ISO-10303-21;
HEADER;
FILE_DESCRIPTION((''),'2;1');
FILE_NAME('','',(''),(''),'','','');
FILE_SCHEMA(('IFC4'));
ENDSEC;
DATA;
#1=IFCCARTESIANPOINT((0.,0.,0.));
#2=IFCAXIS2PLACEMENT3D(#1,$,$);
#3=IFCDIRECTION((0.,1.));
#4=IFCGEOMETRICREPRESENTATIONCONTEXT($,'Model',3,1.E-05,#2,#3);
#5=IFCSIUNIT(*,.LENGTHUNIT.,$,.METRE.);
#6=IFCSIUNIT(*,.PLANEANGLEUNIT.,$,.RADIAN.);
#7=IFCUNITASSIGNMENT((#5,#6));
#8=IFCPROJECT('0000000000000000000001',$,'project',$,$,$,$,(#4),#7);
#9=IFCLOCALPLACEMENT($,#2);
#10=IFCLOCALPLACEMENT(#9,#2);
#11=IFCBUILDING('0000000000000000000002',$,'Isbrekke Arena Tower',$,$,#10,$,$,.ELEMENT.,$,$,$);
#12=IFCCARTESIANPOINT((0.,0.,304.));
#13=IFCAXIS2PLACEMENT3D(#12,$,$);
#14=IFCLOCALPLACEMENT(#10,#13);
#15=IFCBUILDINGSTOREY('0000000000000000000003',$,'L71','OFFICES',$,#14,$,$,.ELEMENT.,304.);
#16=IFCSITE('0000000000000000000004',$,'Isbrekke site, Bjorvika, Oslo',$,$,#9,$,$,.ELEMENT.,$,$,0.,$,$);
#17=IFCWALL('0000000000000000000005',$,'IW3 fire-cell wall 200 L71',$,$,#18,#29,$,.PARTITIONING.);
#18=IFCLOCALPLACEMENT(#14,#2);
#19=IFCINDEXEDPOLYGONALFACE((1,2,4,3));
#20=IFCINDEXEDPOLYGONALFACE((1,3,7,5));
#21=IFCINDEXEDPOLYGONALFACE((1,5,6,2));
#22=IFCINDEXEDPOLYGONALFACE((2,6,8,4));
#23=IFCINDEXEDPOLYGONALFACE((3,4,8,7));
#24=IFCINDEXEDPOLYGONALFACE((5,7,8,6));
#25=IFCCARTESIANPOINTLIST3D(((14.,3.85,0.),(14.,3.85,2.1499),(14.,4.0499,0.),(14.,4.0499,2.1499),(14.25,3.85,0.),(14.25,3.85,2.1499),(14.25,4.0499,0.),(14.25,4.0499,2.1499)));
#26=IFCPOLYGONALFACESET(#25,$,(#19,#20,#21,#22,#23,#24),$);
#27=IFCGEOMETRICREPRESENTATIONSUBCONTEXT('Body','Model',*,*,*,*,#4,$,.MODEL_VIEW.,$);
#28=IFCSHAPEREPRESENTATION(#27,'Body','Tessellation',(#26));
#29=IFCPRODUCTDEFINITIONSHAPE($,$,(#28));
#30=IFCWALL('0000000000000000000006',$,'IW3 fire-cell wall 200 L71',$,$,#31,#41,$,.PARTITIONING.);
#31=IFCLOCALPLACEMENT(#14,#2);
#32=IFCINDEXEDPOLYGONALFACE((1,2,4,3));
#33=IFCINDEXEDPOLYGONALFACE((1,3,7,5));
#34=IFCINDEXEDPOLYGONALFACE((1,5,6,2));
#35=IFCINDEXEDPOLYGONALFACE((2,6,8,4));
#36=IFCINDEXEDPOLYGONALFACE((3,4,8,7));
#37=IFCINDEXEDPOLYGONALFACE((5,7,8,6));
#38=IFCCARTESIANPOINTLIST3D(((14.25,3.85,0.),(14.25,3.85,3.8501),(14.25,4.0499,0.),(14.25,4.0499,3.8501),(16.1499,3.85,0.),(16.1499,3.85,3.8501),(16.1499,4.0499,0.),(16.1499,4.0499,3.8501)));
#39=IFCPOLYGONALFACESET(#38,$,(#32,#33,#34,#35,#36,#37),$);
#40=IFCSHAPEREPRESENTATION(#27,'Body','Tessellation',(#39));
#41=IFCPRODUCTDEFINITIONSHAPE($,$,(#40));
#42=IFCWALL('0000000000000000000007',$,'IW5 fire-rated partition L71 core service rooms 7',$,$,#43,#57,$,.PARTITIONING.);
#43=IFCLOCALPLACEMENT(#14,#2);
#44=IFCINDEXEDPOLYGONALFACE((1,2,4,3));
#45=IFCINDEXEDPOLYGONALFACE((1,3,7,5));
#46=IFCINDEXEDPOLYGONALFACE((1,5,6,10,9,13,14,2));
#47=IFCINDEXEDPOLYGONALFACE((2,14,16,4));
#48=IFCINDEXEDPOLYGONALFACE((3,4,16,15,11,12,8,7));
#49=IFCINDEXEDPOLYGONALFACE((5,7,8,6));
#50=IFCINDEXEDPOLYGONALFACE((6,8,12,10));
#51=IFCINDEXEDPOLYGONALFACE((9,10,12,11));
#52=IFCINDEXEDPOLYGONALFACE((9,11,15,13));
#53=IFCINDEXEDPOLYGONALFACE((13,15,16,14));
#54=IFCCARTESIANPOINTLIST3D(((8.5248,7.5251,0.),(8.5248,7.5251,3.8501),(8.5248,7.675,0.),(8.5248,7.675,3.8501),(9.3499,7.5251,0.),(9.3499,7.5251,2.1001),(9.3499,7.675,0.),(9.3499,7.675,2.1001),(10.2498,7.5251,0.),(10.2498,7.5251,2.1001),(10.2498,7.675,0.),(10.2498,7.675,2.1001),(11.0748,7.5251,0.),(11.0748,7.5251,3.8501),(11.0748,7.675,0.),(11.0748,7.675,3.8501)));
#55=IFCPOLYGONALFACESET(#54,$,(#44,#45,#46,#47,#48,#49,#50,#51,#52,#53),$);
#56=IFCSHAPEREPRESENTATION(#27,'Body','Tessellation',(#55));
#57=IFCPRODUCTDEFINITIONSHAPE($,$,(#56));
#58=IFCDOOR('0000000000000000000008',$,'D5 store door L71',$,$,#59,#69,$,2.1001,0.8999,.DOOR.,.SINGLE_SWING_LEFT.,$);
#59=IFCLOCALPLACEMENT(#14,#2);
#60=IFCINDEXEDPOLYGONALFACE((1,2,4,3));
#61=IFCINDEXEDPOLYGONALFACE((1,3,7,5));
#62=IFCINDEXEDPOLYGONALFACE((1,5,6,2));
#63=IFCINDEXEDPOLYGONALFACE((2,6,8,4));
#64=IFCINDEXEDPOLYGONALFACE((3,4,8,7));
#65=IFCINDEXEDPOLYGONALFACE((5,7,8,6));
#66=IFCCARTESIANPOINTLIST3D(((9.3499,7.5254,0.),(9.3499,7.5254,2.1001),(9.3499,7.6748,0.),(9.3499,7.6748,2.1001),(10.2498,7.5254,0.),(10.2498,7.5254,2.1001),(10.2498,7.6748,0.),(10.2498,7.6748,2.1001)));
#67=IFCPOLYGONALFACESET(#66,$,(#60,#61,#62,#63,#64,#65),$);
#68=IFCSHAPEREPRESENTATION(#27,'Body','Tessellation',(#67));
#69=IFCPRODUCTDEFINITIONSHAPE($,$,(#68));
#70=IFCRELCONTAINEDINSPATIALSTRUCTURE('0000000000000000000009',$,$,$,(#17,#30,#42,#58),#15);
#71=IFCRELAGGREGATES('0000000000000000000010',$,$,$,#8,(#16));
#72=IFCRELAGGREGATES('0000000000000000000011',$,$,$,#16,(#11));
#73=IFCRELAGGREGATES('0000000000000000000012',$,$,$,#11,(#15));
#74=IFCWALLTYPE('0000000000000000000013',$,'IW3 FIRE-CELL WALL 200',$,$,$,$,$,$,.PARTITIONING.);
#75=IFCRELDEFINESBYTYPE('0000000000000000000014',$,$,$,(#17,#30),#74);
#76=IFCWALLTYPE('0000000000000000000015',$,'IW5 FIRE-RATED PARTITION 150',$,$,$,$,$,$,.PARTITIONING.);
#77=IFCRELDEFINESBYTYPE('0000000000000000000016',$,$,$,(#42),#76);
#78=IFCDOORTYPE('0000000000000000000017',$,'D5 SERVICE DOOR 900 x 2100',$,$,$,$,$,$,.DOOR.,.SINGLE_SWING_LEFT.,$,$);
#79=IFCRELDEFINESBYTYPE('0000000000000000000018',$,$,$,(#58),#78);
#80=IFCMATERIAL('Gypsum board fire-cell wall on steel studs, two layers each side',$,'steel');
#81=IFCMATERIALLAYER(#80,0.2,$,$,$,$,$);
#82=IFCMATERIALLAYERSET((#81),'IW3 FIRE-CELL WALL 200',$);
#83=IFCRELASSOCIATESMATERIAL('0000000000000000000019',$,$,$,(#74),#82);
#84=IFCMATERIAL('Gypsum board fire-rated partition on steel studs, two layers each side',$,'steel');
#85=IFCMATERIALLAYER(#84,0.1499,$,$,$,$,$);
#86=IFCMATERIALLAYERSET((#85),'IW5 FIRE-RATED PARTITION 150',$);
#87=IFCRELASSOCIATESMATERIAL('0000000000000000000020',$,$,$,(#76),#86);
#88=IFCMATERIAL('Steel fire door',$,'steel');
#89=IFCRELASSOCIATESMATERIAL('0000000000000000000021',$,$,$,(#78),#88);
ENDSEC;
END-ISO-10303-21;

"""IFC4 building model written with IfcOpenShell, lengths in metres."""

from ifc_helpers import new_model, si_unit, direction, frame, frame_2d, origin, place, context, subcontext, project, spatial, rectangle, extrude, material, layer, layer_set, type_object, element, fill, save


model = new_model("IFC4")

# Units and contexts
model_context = context("Model", 3, precision=1e-05, world=origin(), true_north=direction((0.0, 1.0)))
body_context = subcontext(model_context, "Body", "Model", "MODEL_VIEW")
ifc_project = project(units=[si_unit("LENGTHUNIT", "METRE"), si_unit("PLANEANGLEUNIT", "RADIAN")], contexts=[model_context])

# Site, building, storey
site_placement = place(None, origin())
site = spatial("IfcSite", under=ifc_project, at=site_placement, Name="Isbrekke site, Bjorvika, Oslo", CompositionType="ELEMENT", RefElevation=0.0)
building_placement = place(site_placement, origin())
building = spatial("IfcBuilding", under=site, at=building_placement, Name="Isbrekke Arena Tower", CompositionType="ELEMENT")
storey_placement = place(building_placement, frame((0.0, 0.0, 304.0)))
storey = spatial("IfcBuildingStorey", under=building, at=storey_placement, Name="L71", Description="OFFICES", CompositionType="ELEMENT", Elevation=304.0)

# Walls
ifc_material_1 = material(Name="Gypsum board fire-cell wall on steel studs, two layers each side", Category="steel")
ifc_layer_1 = layer(ifc_material_1, 0.2)
ifc_layer_set_1 = layer_set([ifc_layer_1], Name="IW3 FIRE-CELL WALL 200")
wall_type_1 = type_object("IfcWallType", Name="IW3 FIRE-CELL WALL 200", PredefinedType="PARTITIONING", material=ifc_layer_set_1)
wall_1_placement = place(storey_placement, frame((14.0, 3.95, 0.0), z_axis=(0.0, 0.0, 1.0), x_axis=(1.0, 0.0, 0.0)))
element("IfcWall", 1, at=wall_1_placement, inside=storey, type_object=wall_type_1, Name="IW3 fire-cell wall 200 L71", PredefinedType="PARTITIONING", context=body_context, shape_type="SweptSolid", body=[
    extrude(rectangle(XDim=0.25, YDim=0.2, at=frame_2d((0.125, 0.0))), origin(), (0.0, 0.0, 1.0), 2.1499),
])
wall_2_placement = place(storey_placement, frame((14.25, 3.95, 0.0), z_axis=(0.0, 0.0, 1.0), x_axis=(1.0, 0.0, 0.0)))
element("IfcWall", 2, at=wall_2_placement, inside=storey, type_object=wall_type_1, Name="IW3 fire-cell wall 200 L71", PredefinedType="PARTITIONING", context=body_context, shape_type="SweptSolid", body=[
    extrude(rectangle(XDim=1.8999, YDim=0.2, at=frame_2d((0.95, 0.0))), origin(), (0.0, 0.0, 1.0), 3.8501),
])

# Wall, opening, door
ifc_material_2 = material(Name="Gypsum board fire-rated partition on steel studs, two layers each side", Category="steel")
ifc_layer_2 = layer(ifc_material_2, 0.1499)
ifc_layer_set_2 = layer_set([ifc_layer_2], Name="IW5 FIRE-RATED PARTITION 150")
wall_type_2 = type_object("IfcWallType", Name="IW5 FIRE-RATED PARTITION 150", PredefinedType="PARTITIONING", material=ifc_layer_set_2)
wall_3_placement = place(storey_placement, frame((8.5249, 7.6001, 0.0), z_axis=(0.0, 0.0, 1.0), x_axis=(1.0, 0.0, 0.0)))
wall_3 = element("IfcWall", 3, at=wall_3_placement, inside=storey, type_object=wall_type_2, Name="IW5 fire-rated partition L71 core service rooms 7", PredefinedType="PARTITIONING", context=body_context, shape_type="SweptSolid", body=[
    extrude(rectangle(XDim=2.55, YDim=0.1499, at=frame_2d((1.2749, 0.0))), origin(), (0.0, 0.0, 1.0), 3.8501),
])
opening_1_placement = place(wall_3_placement, frame((0.825, 0.0, 0.0)))
opening_1 = element("IfcOpeningElement", 4, at=opening_1_placement, cuts=wall_3, PredefinedType="OPENING", context=body_context, shape_type="SweptSolid", body=[
    extrude(rectangle(XDim=0.8999, YDim=2.1001, at=frame_2d((0.45, 1.05))), frame((0.0, 0.0898, 0.0), z_axis=(0.0, -1.0, 0.0), x_axis=(1.0, 0.0, 0.0)), (0.0, 0.0, 1.0), 0.1797),
])
ifc_material_3 = material(Name="Steel fire door", Category="steel")
door_type_1 = type_object("IfcDoorType", Name="D5 SERVICE DOOR 900 x 2100", OperationType="SINGLE_SWING_LEFT", PredefinedType="DOOR", material=ifc_material_3)
door_1_placement = place(opening_1_placement, origin())
door_1 = element("IfcDoor", 5, at=door_1_placement, inside=storey, type_object=door_type_1, Name="D5 store door L71", OperationType="SINGLE_SWING_LEFT", OverallHeight=2.1001, OverallWidth=0.8999, PredefinedType="DOOR", context=body_context, shape_type="SweptSolid", body=[
    extrude(rectangle(XDim=0.8999, YDim=2.1001, at=frame_2d((0.45, 1.05))), frame((0.0, 0.0747, 0.0), z_axis=(0.0, -1.0, 0.0), x_axis=(1.0, 0.0, 0.0)), (0.0, 0.0, 1.0), 0.1494),
])
fill(opening_1, door_1)

save(model, "model.ifc")
